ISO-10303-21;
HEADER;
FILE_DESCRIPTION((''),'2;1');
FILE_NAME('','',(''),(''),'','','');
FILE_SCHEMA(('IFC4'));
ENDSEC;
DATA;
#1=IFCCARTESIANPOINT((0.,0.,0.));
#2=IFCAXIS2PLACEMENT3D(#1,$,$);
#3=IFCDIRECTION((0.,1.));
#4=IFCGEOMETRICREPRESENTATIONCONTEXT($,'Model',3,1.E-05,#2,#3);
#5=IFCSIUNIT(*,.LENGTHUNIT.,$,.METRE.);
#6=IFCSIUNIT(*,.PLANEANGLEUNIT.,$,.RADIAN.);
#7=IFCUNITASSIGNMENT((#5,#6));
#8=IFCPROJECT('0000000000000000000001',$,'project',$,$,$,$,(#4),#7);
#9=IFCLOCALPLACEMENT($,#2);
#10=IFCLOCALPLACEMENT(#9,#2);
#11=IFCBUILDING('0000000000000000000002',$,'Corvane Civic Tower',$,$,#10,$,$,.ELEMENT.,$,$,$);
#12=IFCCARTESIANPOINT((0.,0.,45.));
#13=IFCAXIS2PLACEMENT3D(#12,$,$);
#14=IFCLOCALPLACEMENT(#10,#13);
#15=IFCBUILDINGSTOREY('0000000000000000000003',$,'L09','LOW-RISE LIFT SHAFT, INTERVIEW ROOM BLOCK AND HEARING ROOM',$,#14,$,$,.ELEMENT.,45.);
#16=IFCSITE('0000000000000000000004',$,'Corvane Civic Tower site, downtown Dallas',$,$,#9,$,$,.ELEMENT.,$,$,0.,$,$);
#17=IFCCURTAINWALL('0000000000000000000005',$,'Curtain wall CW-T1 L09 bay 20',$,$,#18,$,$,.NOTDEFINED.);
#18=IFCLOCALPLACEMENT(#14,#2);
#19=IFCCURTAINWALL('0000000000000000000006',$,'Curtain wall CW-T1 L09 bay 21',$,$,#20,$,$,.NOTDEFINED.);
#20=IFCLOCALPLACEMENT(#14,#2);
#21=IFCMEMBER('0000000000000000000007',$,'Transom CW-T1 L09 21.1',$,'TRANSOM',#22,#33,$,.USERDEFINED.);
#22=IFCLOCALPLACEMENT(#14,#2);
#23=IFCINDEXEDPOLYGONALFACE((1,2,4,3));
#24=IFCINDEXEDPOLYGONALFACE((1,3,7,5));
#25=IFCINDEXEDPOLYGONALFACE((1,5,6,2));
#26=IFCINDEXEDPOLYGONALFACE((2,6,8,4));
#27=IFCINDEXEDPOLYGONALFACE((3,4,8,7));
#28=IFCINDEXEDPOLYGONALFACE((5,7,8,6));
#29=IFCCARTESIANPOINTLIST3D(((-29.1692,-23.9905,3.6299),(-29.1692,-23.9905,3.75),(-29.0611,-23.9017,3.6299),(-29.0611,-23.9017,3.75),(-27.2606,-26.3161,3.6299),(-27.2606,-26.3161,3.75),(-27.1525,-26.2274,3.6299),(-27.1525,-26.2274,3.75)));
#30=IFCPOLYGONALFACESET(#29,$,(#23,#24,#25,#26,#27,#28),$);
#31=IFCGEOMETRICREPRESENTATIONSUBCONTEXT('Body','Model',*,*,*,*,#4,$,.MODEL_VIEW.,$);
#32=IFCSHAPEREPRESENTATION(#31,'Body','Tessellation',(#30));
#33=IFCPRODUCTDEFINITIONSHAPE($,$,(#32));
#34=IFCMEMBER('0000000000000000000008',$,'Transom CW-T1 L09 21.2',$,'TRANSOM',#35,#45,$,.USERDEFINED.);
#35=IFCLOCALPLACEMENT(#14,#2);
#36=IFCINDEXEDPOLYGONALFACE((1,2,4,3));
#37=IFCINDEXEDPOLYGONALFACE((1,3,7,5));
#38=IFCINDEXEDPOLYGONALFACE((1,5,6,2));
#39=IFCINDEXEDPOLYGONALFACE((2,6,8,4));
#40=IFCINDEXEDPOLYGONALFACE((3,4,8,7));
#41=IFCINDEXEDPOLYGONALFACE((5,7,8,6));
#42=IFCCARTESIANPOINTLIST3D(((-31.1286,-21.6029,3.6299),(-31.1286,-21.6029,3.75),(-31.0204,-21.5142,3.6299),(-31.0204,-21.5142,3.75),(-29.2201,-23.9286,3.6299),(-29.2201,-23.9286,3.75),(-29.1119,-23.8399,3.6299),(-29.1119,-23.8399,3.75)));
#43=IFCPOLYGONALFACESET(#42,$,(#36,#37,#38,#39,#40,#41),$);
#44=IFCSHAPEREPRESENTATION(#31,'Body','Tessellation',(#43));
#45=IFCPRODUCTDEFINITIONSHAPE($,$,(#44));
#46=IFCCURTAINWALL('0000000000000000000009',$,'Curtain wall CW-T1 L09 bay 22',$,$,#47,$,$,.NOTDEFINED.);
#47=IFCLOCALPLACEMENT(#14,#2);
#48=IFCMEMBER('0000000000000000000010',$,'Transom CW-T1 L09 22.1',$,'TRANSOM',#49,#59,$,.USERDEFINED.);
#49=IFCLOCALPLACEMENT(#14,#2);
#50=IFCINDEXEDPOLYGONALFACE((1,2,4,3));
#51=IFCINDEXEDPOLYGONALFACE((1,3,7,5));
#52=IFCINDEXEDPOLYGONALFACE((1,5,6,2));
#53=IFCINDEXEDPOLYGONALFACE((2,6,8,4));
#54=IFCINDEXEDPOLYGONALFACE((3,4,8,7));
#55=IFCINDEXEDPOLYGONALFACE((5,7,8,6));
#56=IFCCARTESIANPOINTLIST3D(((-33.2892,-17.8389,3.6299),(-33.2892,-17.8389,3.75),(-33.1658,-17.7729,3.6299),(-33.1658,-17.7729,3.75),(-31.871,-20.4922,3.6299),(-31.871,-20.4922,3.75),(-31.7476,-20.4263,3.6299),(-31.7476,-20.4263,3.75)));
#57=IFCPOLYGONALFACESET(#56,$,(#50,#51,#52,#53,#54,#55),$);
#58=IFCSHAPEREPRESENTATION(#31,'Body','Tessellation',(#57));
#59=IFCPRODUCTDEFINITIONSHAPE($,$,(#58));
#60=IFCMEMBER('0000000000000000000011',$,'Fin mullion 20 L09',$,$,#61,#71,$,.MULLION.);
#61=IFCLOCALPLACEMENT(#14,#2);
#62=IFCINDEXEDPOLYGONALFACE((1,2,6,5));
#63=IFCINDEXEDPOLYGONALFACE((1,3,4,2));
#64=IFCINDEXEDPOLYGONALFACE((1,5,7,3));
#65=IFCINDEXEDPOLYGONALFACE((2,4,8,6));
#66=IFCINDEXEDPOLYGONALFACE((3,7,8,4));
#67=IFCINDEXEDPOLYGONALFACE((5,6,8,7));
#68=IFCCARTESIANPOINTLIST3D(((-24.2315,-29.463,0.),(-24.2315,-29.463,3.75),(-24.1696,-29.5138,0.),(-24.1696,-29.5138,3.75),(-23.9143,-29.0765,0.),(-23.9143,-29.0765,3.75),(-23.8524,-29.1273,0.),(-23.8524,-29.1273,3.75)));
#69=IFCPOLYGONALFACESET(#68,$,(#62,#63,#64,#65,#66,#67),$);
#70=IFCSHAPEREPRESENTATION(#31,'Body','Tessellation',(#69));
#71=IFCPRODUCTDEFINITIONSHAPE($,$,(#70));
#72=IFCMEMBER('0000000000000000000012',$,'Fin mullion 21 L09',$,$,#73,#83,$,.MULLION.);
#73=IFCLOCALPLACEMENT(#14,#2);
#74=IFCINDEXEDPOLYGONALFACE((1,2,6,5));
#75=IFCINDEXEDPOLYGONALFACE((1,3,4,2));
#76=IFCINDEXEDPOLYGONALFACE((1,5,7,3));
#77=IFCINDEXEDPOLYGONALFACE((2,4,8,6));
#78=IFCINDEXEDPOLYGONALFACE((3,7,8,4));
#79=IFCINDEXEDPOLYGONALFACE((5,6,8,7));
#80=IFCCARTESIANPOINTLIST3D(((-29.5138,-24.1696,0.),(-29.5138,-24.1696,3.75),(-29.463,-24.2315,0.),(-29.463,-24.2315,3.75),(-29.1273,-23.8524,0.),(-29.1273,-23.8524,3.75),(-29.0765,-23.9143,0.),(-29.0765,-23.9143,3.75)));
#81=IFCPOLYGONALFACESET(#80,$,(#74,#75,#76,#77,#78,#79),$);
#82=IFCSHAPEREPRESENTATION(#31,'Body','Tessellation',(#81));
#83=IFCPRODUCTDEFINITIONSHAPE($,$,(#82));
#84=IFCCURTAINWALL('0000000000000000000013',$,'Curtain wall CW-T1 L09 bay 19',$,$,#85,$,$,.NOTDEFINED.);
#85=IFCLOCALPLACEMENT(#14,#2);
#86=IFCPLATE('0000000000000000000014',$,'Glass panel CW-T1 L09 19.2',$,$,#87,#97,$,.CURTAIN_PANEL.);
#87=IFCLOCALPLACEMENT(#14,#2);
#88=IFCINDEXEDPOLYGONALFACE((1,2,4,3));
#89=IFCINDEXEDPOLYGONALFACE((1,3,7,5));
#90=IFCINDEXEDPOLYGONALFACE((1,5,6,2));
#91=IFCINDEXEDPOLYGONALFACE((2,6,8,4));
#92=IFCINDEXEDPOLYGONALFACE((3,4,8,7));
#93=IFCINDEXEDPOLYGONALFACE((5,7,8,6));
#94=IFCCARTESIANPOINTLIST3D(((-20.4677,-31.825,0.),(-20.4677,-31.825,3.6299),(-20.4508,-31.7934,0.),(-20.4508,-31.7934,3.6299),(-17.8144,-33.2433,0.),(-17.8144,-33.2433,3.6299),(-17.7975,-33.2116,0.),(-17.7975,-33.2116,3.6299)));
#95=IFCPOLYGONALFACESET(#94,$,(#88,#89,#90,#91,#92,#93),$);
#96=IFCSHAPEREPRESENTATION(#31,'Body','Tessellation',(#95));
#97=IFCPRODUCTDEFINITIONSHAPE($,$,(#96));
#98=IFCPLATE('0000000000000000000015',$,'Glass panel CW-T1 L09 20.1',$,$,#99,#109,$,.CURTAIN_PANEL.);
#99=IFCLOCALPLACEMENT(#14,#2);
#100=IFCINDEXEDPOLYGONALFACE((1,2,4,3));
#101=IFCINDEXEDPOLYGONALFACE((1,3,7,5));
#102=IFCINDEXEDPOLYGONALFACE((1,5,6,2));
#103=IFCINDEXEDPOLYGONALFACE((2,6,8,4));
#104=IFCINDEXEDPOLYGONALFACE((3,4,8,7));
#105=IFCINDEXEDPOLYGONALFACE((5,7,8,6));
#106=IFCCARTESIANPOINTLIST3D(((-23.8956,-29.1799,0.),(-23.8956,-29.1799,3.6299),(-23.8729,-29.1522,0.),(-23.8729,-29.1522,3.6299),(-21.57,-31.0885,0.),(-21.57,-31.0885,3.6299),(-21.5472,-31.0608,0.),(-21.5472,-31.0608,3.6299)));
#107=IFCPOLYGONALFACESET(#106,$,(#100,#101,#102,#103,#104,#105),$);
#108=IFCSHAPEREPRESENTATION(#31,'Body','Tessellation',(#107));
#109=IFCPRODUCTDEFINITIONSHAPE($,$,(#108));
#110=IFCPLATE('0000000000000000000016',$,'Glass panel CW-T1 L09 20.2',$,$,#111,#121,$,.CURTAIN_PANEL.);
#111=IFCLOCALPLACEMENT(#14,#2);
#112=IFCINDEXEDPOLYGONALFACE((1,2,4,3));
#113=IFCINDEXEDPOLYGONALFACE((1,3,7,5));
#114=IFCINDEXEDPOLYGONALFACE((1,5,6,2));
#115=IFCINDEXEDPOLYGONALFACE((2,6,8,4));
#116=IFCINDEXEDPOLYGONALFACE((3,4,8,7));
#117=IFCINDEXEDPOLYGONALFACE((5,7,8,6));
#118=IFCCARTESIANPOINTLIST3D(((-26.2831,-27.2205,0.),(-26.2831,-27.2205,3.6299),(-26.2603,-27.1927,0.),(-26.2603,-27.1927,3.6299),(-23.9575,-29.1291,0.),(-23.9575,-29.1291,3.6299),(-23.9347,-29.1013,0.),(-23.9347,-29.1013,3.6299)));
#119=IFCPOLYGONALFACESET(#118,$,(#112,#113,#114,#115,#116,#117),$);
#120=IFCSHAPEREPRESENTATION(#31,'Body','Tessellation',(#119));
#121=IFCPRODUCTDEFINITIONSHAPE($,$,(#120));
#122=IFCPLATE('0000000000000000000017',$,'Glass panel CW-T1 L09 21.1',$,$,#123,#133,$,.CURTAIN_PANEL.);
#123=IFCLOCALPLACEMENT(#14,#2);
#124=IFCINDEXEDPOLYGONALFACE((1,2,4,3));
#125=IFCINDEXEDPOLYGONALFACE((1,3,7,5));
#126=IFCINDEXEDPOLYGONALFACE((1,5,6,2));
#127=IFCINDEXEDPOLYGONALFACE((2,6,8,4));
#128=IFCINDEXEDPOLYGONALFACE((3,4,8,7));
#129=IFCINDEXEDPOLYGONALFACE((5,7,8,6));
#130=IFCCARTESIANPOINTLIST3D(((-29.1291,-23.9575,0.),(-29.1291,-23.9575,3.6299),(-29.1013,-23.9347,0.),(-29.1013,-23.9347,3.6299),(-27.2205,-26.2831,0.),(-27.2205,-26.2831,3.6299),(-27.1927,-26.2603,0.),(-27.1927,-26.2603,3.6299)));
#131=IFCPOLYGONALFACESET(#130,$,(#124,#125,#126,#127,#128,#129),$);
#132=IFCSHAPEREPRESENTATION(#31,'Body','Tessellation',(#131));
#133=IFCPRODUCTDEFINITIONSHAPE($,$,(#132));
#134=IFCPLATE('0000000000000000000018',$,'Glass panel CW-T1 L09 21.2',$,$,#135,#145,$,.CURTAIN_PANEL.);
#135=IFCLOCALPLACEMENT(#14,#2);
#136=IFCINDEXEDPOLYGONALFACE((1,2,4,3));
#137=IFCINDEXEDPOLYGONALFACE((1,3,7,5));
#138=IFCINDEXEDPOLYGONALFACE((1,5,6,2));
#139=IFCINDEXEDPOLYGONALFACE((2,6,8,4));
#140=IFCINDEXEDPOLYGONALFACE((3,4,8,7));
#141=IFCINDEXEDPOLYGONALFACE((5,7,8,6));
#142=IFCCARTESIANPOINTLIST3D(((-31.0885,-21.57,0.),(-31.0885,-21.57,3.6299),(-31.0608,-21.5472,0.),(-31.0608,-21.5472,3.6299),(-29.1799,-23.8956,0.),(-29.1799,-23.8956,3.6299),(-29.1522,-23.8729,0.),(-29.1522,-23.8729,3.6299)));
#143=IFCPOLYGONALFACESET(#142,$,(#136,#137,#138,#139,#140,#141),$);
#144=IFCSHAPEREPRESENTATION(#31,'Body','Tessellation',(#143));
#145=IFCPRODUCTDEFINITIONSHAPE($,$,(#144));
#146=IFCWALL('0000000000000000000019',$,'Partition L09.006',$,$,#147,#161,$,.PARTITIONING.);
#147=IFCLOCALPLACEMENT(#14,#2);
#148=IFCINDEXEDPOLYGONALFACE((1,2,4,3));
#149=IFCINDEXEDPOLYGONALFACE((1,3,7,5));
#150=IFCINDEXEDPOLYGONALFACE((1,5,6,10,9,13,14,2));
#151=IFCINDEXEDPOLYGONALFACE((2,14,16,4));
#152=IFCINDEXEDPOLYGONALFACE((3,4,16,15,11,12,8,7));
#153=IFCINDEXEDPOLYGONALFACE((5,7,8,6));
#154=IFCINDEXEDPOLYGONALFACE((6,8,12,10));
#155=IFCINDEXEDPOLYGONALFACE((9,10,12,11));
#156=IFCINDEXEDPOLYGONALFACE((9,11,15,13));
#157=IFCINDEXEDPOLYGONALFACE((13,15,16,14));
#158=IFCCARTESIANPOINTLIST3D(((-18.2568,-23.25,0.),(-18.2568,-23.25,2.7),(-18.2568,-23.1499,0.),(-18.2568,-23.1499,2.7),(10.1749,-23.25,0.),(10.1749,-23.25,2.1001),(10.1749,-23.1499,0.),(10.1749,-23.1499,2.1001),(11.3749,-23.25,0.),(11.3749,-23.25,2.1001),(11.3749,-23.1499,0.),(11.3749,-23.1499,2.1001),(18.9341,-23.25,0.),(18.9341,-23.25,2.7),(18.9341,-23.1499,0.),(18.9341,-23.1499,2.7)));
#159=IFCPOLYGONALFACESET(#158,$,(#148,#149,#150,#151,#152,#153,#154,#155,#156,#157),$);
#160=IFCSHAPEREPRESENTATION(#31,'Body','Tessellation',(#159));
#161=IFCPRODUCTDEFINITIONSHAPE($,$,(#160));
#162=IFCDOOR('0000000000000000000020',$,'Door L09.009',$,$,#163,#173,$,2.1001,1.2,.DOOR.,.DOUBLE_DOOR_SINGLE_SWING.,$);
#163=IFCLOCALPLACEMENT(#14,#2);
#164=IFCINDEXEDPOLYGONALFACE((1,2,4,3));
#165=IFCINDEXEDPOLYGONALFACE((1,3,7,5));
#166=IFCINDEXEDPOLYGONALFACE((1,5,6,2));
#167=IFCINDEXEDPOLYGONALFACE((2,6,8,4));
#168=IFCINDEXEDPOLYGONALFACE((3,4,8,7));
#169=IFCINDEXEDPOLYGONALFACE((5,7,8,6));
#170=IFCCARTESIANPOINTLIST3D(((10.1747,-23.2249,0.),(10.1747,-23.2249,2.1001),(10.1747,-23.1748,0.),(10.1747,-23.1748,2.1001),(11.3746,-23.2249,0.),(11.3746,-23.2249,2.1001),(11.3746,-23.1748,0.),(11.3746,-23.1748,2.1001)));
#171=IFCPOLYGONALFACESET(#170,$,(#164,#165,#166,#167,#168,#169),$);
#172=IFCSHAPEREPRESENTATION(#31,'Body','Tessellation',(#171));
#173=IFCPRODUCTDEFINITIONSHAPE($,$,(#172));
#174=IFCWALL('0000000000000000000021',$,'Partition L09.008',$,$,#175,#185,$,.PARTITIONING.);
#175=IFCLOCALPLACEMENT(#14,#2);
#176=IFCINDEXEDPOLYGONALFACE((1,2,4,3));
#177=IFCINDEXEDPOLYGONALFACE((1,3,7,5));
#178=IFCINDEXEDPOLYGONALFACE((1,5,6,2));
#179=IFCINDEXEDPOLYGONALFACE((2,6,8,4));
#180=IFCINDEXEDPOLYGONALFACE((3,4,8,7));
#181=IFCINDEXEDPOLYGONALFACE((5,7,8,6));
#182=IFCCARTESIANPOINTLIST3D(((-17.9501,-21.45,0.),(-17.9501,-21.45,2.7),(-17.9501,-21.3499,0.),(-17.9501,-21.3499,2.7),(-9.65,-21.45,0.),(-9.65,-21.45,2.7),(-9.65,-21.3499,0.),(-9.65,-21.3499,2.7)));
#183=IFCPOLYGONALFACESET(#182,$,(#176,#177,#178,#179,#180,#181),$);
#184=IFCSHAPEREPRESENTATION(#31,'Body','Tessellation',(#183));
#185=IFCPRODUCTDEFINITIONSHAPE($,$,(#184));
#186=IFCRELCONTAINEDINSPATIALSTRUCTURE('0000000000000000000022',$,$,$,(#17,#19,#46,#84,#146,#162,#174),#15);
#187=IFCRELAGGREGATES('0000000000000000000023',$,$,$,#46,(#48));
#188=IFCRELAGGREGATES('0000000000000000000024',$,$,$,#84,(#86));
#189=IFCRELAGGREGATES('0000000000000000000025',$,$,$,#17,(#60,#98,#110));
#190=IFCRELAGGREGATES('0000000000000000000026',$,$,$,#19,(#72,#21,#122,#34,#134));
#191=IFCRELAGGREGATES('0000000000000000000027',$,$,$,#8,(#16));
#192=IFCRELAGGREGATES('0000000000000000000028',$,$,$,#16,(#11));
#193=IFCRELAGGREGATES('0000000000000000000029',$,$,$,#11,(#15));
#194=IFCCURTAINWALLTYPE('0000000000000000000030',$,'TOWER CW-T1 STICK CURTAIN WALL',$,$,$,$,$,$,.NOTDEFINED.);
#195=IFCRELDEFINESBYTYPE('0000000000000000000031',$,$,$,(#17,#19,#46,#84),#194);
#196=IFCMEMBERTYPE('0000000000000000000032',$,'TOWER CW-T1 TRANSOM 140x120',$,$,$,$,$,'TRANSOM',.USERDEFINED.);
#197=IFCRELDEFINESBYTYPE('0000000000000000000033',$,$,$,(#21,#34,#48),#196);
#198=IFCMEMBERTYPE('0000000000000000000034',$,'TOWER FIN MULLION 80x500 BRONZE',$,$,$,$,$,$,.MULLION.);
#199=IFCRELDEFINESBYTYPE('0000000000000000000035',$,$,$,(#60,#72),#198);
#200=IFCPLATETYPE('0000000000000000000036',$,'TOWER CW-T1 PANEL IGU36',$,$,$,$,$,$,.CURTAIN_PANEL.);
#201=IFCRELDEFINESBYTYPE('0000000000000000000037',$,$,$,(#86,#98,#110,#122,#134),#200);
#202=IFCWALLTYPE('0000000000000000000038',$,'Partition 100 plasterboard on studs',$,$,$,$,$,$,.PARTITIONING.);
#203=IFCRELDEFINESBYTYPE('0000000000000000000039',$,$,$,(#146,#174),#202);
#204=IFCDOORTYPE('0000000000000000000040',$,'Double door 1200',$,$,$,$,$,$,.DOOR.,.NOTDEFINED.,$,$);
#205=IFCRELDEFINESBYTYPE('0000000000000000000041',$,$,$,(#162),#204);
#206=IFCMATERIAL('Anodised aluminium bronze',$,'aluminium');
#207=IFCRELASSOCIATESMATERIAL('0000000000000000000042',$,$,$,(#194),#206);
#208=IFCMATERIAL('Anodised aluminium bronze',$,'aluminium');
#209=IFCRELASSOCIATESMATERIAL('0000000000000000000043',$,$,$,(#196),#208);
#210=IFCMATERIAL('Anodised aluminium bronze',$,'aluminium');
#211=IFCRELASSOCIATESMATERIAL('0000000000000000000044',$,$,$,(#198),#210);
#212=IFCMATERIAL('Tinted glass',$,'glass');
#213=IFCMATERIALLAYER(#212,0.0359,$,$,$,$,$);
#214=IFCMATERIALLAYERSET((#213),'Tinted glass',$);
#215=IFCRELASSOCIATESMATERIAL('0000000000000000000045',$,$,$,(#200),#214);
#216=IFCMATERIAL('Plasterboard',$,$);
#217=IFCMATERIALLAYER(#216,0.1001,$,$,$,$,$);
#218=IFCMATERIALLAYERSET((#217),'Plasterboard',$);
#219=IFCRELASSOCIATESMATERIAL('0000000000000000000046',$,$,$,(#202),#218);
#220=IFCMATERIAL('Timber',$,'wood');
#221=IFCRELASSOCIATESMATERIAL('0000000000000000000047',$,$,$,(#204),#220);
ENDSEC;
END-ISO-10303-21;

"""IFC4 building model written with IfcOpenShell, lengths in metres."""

from ifc_helpers import new_model, si_unit, direction, frame, frame_2d, origin, origin_2d, place, context, subcontext, project, spatial, rectangle, extrude, material, layer, layer_set, material_profile, profile_set, type_object, element, fill, aggregate, save


model = new_model("IFC4")

# Units and contexts
model_context = context("Model", 3, precision=1e-05, world=origin(), true_north=direction((0.0, 1.0)))
body_context = subcontext(model_context, "Body", "Model", "MODEL_VIEW")
ifc_project = project(units=[si_unit("LENGTHUNIT", "METRE"), si_unit("PLANEANGLEUNIT", "RADIAN")], contexts=[model_context])

# Site, building, storey
site_placement = place(None, origin())
site = spatial("IfcSite", under=ifc_project, at=site_placement, Name="Corvane Civic Tower site, downtown Dallas", CompositionType="ELEMENT", RefElevation=0.0)
building_placement = place(site_placement, origin())
building = spatial("IfcBuilding", under=site, at=building_placement, Name="Corvane Civic Tower", CompositionType="ELEMENT")
storey_placement = place(building_placement, frame((0.0, 0.0, 45.0)))
storey = spatial("IfcBuildingStorey", under=building, at=storey_placement, Name="L09", Description="LOW-RISE LIFT SHAFT, INTERVIEW ROOM BLOCK AND HEARING ROOM", CompositionType="ELEMENT", Elevation=45.0)

# Curtain walls, members
ifc_material_1 = material(Name="Anodised aluminium bronze", Category="aluminium")
curtain_wall_type = type_object("IfcCurtainWallType", Name="TOWER CW-T1 STICK CURTAIN WALL", PredefinedType="NOTDEFINED", material=ifc_material_1)
curtain_wall_1_placement = place(storey_placement, origin())
curtain_wall_1 = element("IfcCurtainWall", 1, at=curtain_wall_1_placement, inside=storey, type_object=curtain_wall_type, Name="Curtain wall CW-T1 L09 bay 20", PredefinedType="NOTDEFINED")
ifc_material_2 = material(Name="Anodised aluminium bronze", Category="aluminium")
ifc_material_profile_1 = material_profile(ifc_material_2, rectangle(XDim=0.1399, YDim=0.1201, at=origin_2d()), Name="TOWER CW-T1 TRANSOM 140x120")
ifc_profile_set_1 = profile_set([ifc_material_profile_1], Name="Anodised aluminium bronze")
member_type_1 = type_object("IfcMemberType", Name="TOWER CW-T1 TRANSOM 140x120", ElementType="TRANSOM", PredefinedType="USERDEFINED", material=ifc_profile_set_1)
curtain_wall_2_placement = place(storey_placement, origin())
curtain_wall_2 = element("IfcCurtainWall", 2, at=curtain_wall_2_placement, inside=storey, type_object=curtain_wall_type, Name="Curtain wall CW-T1 L09 bay 21", PredefinedType="NOTDEFINED")
member_1_placement = place(storey_placement, frame((-27.2065, -26.2717, 3.6899), z_axis=(-0.634404, 0.773002, 0.0), x_axis=(-0.773002, -0.634404, 0.0)))
member_1 = element("IfcMember", 3, at=member_1_placement, type_object=member_type_1, Name="Transom CW-T1 L09 21.1", ObjectType="TRANSOM", PredefinedType="USERDEFINED", context=body_context, shape_type="SweptSolid", body=[
    extrude(rectangle(XDim=0.1399, YDim=0.1201, at=origin_2d()), origin(), (0.0, 0.0, 1.0), 3.0085),
])
member_2_placement = place(storey_placement, frame((-29.166, -23.8843, 3.6899), z_axis=(-0.634355, 0.773042, 0.0), x_axis=(-0.773042, -0.634355, 0.0)))
member_2 = element("IfcMember", 4, at=member_2_placement, type_object=member_type_1, Name="Transom CW-T1 L09 21.2", ObjectType="TRANSOM", PredefinedType="USERDEFINED", context=body_context, shape_type="SweptSolid", body=[
    extrude(rectangle(XDim=0.1399, YDim=0.1201, at=origin_2d()), origin(), (0.0, 0.0, 1.0), 3.0085),
])

# Curtain wall, member
curtain_wall_3_placement = place(storey_placement, origin())
curtain_wall_3 = element("IfcCurtainWall", 5, at=curtain_wall_3_placement, inside=storey, type_object=curtain_wall_type, Name="Curtain wall CW-T1 L09 bay 22", PredefinedType="NOTDEFINED")
member_3_placement = place(storey_placement, frame((-31.8093, -20.4592, 3.6899), z_axis=(-0.471393, 0.881924, 0.0), x_axis=(-0.881924, -0.471393, 0.0)))
member_3 = element("IfcMember", 6, at=member_3_placement, type_object=member_type_1, Name="Transom CW-T1 L09 22.1", ObjectType="TRANSOM", PredefinedType="USERDEFINED", context=body_context, shape_type="SweptSolid", body=[
    extrude(rectangle(XDim=0.1399, YDim=0.1201, at=origin_2d()), origin(), (0.0, 0.0, 1.0), 3.0085),
])
aggregate(curtain_wall_3, [member_3])

# Members
ifc_material_3 = material(Name="Anodised aluminium bronze", Category="aluminium")
ifc_material_profile_2 = material_profile(ifc_material_3, rectangle(XDim=0.0801, YDim=0.5, at=origin_2d()), Name="TOWER FIN MULLION 80x500 BRONZE")
ifc_profile_set_2 = profile_set([ifc_material_profile_2], Name="Anodised aluminium bronze")
member_type_2 = type_object("IfcMemberType", Name="TOWER FIN MULLION 80x500 BRONZE", PredefinedType="MULLION", material=ifc_profile_set_2)
member_4_placement = place(storey_placement, frame((-24.042, -29.2952, 0.0), z_axis=(0.0, 0.0, 1.0), x_axis=(-0.773007, 0.634397, 0.0)))
member_4 = element("IfcMember", 7, at=member_4_placement, type_object=member_type_2, Name="Fin mullion 20 L09", PredefinedType="MULLION", context=body_context, shape_type="SweptSolid", body=[
    extrude(rectangle(XDim=0.0801, YDim=0.5, at=origin_2d()), origin(), (0.0, 0.0, 1.0), 3.75),
])
member_5_placement = place(storey_placement, frame((-29.2952, -24.042, 0.0), z_axis=(0.0, 0.0, 1.0), x_axis=(-0.634397, 0.773007, 0.0)))
member_5 = element("IfcMember", 8, at=member_5_placement, type_object=member_type_2, Name="Fin mullion 21 L09", PredefinedType="MULLION", context=body_context, shape_type="SweptSolid", body=[
    extrude(rectangle(XDim=0.0801, YDim=0.5, at=origin_2d()), origin(), (0.0, 0.0, 1.0), 3.75),
])

# Curtain wall, plate
curtain_wall_4_placement = place(storey_placement, origin())
curtain_wall_4 = element("IfcCurtainWall", 9, at=curtain_wall_4_placement, inside=storey, type_object=curtain_wall_type, Name="Curtain wall CW-T1 L09 bay 19", PredefinedType="NOTDEFINED")
ifc_material_4 = material(Name="Tinted glass", Category="glass")
ifc_layer_1 = layer(ifc_material_4, 0.0359)
ifc_layer_set_1 = layer_set([ifc_layer_1], Name="Tinted glass")
plate_type = type_object("IfcPlateType", Name="TOWER CW-T1 PANEL IGU36", PredefinedType="CURTAIN_PANEL", material=ifc_layer_set_1)
plate_1_placement = place(storey_placement, frame((-19.1326, -32.5183, 0.0), z_axis=(0.0, 0.0, 1.0), x_axis=(-0.881918, 0.471404, 0.0)))
plate_1 = element("IfcPlate", 10, at=plate_1_placement, type_object=plate_type, Name="Glass panel CW-T1 L09 19.2", PredefinedType="CURTAIN_PANEL", context=body_context, shape_type="SweptSolid", body=[
    extrude(rectangle(XDim=3.0085, YDim=0.0359, at=origin_2d()), origin(), (0.0, 0.0, 1.0), 3.6299),
])
aggregate(curtain_wall_4, [plate_1])

# Plates
plate_2_placement = place(storey_placement, frame((-22.7214, -30.1204, 0.0), z_axis=(0.0, 0.0, 1.0), x_axis=(-0.773007, 0.634397, 0.0)))
plate_2 = element("IfcPlate", 11, at=plate_2_placement, type_object=plate_type, Name="Glass panel CW-T1 L09 20.1", PredefinedType="CURTAIN_PANEL", context=body_context, shape_type="SweptSolid", body=[
    extrude(rectangle(XDim=3.0085, YDim=0.0359, at=origin_2d()), origin(), (0.0, 0.0, 1.0), 3.6299),
])
plate_3_placement = place(storey_placement, frame((-25.1089, -28.1609, 0.0), z_axis=(0.0, 0.0, 1.0), x_axis=(-0.773007, 0.634397, 0.0)))
plate_3 = element("IfcPlate", 12, at=plate_3_placement, type_object=plate_type, Name="Glass panel CW-T1 L09 20.2", PredefinedType="CURTAIN_PANEL", context=body_context, shape_type="SweptSolid", body=[
    extrude(rectangle(XDim=3.0085, YDim=0.0359, at=origin_2d()), origin(), (0.0, 0.0, 1.0), 3.6299),
])
aggregate(curtain_wall_1, [member_4, plate_2, plate_3])
plate_4_placement = place(storey_placement, frame((-28.1609, -25.1089, 0.0), z_axis=(0.0, 0.0, 1.0), x_axis=(-0.634397, 0.773007, 0.0)))
plate_4 = element("IfcPlate", 13, at=plate_4_placement, type_object=plate_type, Name="Glass panel CW-T1 L09 21.1", PredefinedType="CURTAIN_PANEL", context=body_context, shape_type="SweptSolid", body=[
    extrude(rectangle(XDim=3.0085, YDim=0.0359, at=origin_2d()), origin(), (0.0, 0.0, 1.0), 3.6299),
])
plate_5_placement = place(storey_placement, frame((-30.1204, -22.7214, 0.0), z_axis=(0.0, 0.0, 1.0), x_axis=(-0.634397, 0.773007, 0.0)))
plate_5 = element("IfcPlate", 14, at=plate_5_placement, type_object=plate_type, Name="Glass panel CW-T1 L09 21.2", PredefinedType="CURTAIN_PANEL", context=body_context, shape_type="SweptSolid", body=[
    extrude(rectangle(XDim=3.0085, YDim=0.0359, at=origin_2d()), origin(), (0.0, 0.0, 1.0), 3.6299),
])
aggregate(curtain_wall_2, [member_5, member_1, plate_4, member_2, plate_5])

# Wall, opening, door
ifc_material_5 = material(Name="Plasterboard")
ifc_layer_2 = layer(ifc_material_5, 0.1001)
ifc_layer_set_2 = layer_set([ifc_layer_2], Name="Plasterboard")
wall_type = type_object("IfcWallType", Name="Partition 100 plasterboard on studs", PredefinedType="PARTITIONING", material=ifc_layer_set_2)
wall_1_placement = place(storey_placement, frame((-18.2568, -23.2, 0.0), z_axis=(0.0, 0.0, 1.0), x_axis=(1.0, 0.0, 0.0)))
wall_1 = element("IfcWall", 15, at=wall_1_placement, inside=storey, type_object=wall_type, Name="Partition L09.006", PredefinedType="PARTITIONING", context=body_context, shape_type="SweptSolid", body=[
    extrude(rectangle(XDim=37.1909, YDim=0.1001, at=frame_2d((18.5955, 0.0))), origin(), (0.0, 0.0, 1.0), 2.7),
])
opening_1_placement = place(wall_1_placement, frame((28.4316, 0.0, 0.0)))
opening_1 = element("IfcOpeningElement", 16, at=opening_1_placement, cuts=wall_1, PredefinedType="OPENING", context=body_context, shape_type="SweptSolid", body=[
    extrude(rectangle(XDim=1.2, YDim=2.1001, at=frame_2d((0.6001, 1.05))), frame((0.0, 0.0601, 0.0), z_axis=(0.0, -1.0, 0.0), x_axis=(1.0, 0.0, 0.0)), (0.0, 0.0, 1.0), 0.1201),
])
ifc_material_6 = material(Name="Timber", Category="wood")
door_type = type_object("IfcDoorType", Name="Double door 1200", OperationType="NOTDEFINED", PredefinedType="DOOR", material=ifc_material_6)
door_1_placement = place(opening_1_placement, frame((1.2, 0.0, 0.0), z_axis=(0.0, 0.0, 1.0), x_axis=(-1.0, 0.0, 0.0)))
door_1 = element("IfcDoor", 17, at=door_1_placement, inside=storey, type_object=door_type, Name="Door L09.009", OperationType="DOUBLE_DOOR_SINGLE_SWING", OverallHeight=2.1001, OverallWidth=1.2, PredefinedType="DOOR", context=body_context, shape_type="SweptSolid", body=[
    extrude(rectangle(XDim=1.2, YDim=2.1001, at=frame_2d((0.6001, 1.05))), frame((0.0, 0.0249, 0.0), z_axis=(0.0, -1.0, 0.0), x_axis=(1.0, 0.0, 0.0)), (0.0, 0.0, 1.0), 0.05),
])
fill(opening_1, door_1)

# Wall
wall_2_placement = place(storey_placement, frame((-17.95, -21.3999, 0.0), z_axis=(0.0, 0.0, 1.0), x_axis=(1.0, 0.0, 0.0)))
element("IfcWall", 18, at=wall_2_placement, inside=storey, type_object=wall_type, Name="Partition L09.008", PredefinedType="PARTITIONING", context=body_context, shape_type="SweptSolid", body=[
    extrude(rectangle(XDim=8.3, YDim=0.1001, at=frame_2d((4.1499, 0.0))), origin(), (0.0, 0.0, 1.0), 2.7),
])

save(model, "model.ifc")
